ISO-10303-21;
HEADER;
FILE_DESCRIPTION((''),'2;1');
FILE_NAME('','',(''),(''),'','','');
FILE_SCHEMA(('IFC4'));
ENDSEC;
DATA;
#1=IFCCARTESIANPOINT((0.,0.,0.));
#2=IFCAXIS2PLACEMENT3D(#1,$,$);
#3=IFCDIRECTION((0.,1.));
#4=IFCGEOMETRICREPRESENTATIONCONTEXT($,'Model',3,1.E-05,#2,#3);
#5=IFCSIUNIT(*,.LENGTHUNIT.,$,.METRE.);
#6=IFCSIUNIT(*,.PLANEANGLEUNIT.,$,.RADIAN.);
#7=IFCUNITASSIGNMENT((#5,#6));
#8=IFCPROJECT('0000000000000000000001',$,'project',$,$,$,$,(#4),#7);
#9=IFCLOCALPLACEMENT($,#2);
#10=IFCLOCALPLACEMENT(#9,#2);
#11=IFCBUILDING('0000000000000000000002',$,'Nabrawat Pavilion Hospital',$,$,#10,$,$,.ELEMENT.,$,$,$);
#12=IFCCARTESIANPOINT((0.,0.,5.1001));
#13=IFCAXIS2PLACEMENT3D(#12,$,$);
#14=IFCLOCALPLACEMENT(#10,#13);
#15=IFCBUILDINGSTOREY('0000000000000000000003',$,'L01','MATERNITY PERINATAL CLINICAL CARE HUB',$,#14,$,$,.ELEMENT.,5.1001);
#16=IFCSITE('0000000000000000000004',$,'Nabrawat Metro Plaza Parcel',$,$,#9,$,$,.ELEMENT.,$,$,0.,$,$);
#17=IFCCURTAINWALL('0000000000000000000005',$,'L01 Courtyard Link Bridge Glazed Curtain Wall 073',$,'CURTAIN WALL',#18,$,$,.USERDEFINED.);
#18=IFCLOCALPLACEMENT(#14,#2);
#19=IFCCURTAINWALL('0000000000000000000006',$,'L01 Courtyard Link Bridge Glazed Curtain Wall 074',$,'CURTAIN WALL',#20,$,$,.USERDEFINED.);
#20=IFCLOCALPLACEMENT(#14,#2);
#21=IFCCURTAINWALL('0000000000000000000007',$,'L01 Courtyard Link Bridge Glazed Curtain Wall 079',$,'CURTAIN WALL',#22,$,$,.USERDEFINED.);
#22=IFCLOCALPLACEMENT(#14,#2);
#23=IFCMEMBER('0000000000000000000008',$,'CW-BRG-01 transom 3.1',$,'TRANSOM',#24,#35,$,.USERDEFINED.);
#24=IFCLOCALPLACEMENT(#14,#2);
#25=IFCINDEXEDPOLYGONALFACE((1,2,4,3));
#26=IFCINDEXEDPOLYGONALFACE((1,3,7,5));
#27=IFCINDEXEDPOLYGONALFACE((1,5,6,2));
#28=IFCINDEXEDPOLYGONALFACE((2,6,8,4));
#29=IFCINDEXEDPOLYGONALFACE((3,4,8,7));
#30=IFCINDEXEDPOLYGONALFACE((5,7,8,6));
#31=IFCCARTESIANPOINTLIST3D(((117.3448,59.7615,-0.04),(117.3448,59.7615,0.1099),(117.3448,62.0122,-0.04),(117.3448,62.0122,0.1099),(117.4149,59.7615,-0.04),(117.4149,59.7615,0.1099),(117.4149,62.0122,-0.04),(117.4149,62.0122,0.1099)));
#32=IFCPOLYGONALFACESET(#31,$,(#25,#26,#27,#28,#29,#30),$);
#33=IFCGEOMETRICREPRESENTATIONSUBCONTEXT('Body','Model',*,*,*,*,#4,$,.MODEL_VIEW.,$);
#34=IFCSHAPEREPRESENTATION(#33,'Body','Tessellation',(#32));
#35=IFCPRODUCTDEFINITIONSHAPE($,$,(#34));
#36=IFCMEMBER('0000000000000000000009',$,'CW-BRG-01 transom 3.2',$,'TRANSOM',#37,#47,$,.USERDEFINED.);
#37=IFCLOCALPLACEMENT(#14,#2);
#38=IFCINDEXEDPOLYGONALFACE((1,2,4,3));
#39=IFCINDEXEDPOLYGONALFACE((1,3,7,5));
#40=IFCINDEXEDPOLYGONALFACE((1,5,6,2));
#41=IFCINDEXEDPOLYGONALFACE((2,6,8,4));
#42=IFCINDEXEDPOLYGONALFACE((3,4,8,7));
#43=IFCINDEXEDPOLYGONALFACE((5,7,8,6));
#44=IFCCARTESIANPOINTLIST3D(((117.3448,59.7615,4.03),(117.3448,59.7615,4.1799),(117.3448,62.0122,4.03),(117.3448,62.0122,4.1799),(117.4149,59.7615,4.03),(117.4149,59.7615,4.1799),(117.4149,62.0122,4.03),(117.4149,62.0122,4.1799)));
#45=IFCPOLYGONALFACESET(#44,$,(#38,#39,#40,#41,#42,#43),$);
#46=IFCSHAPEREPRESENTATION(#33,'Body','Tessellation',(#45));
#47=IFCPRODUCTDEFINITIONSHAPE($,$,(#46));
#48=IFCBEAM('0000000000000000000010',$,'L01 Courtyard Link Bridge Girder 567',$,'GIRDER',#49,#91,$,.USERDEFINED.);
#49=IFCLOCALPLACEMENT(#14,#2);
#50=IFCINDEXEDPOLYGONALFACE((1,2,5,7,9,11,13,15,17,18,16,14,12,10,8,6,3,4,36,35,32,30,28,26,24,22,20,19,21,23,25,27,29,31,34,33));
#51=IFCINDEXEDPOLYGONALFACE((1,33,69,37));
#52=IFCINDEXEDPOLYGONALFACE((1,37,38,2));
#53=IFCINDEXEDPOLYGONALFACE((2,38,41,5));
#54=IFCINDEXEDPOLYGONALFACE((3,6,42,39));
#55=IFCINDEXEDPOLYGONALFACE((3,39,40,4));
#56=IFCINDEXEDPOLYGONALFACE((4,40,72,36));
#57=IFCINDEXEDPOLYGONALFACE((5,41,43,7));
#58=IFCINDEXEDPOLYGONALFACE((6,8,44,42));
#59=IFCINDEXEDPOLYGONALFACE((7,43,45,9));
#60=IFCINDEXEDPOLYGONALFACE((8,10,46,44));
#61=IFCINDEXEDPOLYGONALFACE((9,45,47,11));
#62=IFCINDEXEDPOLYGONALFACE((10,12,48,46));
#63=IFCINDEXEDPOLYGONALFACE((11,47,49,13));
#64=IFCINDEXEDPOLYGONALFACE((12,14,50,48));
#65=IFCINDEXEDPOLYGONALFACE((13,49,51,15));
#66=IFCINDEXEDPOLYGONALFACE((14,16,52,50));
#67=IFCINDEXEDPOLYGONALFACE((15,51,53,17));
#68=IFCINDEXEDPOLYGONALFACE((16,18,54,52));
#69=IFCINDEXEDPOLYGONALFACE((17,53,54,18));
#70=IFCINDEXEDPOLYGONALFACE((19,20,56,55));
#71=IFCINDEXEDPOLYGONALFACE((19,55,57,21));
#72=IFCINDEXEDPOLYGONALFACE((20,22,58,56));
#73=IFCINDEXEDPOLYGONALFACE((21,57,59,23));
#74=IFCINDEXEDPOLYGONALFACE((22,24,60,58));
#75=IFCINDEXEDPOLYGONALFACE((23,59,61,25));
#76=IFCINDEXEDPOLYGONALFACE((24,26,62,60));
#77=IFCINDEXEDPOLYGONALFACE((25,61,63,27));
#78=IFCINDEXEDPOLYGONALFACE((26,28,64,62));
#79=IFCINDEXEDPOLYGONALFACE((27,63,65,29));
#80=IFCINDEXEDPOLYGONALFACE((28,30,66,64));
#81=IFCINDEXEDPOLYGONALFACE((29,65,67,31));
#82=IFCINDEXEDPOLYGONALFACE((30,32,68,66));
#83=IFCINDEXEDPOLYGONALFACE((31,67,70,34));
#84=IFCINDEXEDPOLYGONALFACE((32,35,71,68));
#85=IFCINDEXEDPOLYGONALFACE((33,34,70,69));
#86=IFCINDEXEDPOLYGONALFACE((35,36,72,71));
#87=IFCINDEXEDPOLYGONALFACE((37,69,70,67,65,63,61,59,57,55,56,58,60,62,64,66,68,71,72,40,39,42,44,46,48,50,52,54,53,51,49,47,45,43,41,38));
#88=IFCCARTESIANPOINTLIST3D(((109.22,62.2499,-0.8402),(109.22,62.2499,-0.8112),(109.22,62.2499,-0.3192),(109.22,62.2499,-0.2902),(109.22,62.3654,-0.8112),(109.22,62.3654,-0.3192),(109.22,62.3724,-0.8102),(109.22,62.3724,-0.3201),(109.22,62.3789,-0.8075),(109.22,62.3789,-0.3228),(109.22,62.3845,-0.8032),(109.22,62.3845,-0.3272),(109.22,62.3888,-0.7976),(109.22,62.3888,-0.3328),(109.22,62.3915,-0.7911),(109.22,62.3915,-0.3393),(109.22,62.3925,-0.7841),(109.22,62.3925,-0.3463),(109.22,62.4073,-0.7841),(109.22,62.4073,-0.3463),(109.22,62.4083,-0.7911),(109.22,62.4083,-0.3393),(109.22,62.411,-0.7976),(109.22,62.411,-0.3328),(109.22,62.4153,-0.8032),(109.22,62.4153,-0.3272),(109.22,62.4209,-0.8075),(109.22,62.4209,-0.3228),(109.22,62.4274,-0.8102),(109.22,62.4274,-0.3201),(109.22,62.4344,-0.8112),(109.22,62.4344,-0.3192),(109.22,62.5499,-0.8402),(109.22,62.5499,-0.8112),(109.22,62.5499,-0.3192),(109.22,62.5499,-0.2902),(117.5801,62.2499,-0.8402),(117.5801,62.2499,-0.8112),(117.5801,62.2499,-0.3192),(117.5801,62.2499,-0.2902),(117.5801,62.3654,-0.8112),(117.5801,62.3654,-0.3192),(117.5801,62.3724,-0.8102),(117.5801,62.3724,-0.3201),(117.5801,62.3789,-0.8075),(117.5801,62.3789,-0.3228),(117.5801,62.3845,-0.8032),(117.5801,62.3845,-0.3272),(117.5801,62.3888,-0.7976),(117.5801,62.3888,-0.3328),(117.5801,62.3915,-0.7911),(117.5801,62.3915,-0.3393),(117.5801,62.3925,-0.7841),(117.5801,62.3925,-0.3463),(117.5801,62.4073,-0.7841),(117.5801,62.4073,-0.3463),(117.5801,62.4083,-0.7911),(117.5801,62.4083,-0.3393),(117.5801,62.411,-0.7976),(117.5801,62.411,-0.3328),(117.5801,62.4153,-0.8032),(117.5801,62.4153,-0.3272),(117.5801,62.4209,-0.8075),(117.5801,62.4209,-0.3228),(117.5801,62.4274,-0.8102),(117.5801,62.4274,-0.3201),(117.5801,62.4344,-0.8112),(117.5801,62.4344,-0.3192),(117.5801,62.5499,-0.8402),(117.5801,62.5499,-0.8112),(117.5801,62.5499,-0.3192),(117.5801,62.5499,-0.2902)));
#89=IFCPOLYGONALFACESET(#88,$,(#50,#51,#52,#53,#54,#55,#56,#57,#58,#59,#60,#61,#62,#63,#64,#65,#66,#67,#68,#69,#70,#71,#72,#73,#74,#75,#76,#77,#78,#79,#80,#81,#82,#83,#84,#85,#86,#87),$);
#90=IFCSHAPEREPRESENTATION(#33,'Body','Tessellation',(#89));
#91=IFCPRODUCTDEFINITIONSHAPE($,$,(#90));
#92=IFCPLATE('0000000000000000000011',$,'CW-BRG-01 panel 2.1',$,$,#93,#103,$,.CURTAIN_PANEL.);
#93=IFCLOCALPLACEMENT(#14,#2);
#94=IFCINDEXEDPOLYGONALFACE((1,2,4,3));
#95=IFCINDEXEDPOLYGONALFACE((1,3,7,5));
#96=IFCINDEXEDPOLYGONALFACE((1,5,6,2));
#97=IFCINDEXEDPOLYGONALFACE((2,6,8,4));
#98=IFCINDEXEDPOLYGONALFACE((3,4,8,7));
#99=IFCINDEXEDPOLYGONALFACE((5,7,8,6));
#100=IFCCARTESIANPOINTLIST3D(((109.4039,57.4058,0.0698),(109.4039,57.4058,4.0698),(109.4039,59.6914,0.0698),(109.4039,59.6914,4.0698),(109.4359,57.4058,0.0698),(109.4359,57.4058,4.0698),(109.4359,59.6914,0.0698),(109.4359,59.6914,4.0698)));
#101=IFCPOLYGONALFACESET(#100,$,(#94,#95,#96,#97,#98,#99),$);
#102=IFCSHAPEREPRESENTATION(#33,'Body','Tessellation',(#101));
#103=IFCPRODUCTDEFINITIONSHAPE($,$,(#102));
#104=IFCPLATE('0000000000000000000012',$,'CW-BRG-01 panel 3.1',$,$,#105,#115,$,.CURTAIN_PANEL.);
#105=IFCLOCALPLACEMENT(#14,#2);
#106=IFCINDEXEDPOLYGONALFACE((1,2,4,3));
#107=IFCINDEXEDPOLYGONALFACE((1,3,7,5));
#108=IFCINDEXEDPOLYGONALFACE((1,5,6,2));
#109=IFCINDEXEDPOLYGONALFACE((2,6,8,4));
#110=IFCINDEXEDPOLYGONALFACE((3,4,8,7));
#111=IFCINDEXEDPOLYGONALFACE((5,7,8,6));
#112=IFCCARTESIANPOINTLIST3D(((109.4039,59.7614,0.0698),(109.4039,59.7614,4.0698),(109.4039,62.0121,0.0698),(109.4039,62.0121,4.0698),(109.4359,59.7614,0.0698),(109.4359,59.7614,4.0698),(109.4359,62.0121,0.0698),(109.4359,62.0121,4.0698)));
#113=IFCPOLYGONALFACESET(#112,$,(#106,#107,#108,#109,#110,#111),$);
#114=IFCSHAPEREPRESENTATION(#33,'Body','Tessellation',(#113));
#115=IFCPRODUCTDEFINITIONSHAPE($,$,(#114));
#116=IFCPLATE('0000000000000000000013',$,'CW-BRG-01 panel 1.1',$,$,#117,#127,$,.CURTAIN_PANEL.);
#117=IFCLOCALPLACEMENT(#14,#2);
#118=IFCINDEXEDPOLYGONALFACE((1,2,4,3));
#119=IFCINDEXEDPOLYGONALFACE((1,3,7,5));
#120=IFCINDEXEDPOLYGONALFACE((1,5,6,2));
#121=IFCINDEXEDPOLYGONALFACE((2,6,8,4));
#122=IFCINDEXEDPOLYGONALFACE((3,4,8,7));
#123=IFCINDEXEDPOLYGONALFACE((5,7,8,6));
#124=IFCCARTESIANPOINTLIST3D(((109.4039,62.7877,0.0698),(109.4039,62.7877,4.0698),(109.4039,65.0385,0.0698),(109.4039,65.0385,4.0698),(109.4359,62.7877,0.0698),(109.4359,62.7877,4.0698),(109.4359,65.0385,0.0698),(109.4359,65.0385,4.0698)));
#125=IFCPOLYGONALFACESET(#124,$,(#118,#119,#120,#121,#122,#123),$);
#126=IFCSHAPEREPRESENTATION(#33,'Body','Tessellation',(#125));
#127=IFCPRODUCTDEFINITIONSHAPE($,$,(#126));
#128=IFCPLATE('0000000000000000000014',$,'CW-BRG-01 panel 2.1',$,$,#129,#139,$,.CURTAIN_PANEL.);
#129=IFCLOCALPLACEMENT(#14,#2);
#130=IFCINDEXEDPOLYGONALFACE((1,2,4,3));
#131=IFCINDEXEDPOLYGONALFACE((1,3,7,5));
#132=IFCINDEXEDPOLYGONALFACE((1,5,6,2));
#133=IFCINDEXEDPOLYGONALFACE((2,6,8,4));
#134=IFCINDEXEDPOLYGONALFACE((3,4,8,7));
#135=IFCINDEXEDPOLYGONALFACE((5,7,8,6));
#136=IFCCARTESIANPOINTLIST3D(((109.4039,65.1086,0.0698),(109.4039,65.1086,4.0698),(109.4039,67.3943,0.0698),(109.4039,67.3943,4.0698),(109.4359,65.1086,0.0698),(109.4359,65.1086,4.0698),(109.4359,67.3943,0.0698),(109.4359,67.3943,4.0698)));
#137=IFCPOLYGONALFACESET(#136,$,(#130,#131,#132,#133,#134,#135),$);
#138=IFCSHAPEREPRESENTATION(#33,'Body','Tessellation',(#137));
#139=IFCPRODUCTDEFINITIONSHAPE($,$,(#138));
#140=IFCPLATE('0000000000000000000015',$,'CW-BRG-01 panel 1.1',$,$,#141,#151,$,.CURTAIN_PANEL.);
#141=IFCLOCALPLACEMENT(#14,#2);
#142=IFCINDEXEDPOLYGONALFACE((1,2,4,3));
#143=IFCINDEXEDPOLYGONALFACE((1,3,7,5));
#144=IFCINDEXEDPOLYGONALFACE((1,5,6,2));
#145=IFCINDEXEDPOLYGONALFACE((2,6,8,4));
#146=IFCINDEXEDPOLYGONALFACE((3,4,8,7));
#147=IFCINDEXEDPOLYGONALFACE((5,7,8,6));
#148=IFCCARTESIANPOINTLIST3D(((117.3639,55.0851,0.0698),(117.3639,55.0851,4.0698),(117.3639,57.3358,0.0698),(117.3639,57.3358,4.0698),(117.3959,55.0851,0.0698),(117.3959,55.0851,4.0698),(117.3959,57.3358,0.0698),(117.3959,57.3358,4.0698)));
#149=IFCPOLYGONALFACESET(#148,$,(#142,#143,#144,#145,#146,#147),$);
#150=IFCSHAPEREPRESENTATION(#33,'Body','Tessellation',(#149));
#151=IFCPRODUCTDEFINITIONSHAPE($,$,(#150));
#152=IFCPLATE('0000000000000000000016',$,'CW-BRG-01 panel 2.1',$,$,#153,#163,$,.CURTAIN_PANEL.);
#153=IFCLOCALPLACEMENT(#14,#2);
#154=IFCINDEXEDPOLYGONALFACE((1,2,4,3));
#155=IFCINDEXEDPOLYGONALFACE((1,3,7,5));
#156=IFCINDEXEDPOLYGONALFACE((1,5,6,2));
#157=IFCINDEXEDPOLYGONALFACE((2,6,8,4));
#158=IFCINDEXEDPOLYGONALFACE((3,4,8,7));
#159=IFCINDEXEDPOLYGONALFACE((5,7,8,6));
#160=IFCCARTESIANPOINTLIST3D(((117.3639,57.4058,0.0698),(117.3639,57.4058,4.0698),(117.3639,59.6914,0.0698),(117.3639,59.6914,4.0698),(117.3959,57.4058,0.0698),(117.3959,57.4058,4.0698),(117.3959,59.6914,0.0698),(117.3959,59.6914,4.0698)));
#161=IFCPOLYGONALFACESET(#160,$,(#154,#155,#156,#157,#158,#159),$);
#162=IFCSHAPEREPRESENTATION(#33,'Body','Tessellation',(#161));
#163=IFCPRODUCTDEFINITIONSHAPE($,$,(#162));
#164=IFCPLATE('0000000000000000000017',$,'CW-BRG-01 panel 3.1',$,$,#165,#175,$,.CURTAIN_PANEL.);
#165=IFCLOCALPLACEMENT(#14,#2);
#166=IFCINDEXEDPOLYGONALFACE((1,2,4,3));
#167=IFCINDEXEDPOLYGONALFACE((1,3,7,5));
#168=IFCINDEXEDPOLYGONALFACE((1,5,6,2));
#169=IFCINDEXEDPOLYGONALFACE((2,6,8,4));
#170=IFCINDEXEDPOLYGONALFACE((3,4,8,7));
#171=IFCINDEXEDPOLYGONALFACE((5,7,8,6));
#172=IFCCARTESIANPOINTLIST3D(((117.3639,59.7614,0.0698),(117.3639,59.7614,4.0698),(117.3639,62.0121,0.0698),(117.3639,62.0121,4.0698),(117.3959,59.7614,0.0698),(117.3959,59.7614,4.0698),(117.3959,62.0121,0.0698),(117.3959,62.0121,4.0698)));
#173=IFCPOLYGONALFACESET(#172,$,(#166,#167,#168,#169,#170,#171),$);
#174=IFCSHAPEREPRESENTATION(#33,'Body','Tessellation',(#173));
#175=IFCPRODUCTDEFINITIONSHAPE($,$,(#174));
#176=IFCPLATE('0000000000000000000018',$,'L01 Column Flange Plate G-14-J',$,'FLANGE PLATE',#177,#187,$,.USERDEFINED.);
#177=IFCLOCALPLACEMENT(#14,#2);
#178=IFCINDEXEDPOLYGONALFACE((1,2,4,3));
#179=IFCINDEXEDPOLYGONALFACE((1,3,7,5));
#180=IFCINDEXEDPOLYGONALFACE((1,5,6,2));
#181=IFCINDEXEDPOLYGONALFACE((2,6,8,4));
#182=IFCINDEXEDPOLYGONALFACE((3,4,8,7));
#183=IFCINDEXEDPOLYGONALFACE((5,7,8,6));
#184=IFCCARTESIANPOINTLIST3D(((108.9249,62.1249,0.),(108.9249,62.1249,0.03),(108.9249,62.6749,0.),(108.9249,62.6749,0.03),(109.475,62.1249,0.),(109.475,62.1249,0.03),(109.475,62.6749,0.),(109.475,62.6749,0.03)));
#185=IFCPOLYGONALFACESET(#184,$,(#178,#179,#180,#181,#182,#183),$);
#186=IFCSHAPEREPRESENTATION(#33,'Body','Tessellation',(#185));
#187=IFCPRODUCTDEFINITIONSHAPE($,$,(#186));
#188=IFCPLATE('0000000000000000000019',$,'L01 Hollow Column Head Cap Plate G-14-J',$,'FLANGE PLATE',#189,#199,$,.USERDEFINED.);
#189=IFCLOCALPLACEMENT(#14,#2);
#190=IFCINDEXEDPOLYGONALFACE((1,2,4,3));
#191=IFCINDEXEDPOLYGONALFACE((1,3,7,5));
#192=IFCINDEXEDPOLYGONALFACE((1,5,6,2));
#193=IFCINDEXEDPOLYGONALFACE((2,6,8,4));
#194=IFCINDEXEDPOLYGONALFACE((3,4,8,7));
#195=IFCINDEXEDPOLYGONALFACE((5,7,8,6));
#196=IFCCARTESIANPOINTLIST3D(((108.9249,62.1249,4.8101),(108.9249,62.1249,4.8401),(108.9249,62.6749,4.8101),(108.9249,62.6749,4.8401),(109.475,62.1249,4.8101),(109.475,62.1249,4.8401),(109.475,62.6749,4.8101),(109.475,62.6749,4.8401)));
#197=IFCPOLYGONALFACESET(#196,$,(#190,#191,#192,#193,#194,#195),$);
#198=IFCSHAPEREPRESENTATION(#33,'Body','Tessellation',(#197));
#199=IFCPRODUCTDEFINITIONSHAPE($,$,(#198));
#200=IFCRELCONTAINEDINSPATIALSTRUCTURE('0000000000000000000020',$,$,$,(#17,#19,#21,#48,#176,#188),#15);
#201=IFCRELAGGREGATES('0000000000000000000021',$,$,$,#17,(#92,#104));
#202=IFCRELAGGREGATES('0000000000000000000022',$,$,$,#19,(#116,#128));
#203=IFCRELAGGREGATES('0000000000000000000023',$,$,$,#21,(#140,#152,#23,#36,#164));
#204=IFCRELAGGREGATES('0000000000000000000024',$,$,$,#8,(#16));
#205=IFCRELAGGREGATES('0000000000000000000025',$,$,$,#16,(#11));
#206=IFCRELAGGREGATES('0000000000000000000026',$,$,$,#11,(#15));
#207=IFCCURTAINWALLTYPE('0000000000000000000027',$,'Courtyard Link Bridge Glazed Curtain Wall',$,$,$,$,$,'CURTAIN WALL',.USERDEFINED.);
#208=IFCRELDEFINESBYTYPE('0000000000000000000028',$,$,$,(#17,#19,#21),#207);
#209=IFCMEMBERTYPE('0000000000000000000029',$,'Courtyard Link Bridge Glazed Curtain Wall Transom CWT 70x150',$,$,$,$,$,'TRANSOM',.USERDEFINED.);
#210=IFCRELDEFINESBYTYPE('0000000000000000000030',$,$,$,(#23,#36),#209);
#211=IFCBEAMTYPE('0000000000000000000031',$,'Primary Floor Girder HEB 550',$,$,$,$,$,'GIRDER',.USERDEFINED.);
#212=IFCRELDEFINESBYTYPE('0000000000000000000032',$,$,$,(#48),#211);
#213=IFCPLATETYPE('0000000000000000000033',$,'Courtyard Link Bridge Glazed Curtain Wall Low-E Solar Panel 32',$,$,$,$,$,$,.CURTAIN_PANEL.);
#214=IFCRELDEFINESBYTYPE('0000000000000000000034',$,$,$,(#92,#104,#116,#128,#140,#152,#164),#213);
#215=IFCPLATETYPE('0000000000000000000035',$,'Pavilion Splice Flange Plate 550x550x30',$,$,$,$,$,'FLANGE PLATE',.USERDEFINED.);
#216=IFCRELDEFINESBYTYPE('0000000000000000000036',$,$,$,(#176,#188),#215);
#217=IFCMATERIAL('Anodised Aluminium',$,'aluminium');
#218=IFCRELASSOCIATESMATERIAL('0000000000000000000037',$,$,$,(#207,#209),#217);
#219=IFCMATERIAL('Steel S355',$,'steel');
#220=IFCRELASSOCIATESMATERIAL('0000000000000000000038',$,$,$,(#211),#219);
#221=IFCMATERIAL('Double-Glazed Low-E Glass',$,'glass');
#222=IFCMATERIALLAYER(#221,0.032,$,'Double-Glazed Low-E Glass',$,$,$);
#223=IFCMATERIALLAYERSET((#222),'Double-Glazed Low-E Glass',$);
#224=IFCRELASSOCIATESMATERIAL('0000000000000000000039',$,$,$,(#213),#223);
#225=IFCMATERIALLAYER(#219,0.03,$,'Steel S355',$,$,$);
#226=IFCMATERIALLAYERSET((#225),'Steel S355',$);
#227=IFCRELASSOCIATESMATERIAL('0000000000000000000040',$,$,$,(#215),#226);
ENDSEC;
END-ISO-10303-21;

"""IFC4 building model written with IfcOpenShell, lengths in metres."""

from ifc_helpers import new_model, si_unit, direction, frame, origin, origin_2d, place, context, subcontext, project, spatial, rectangle, i_section, extrude, material, layer, layer_set, material_profile, profile_set, type_object, element, aggregate, save


model = new_model("IFC4")

# Units and contexts
model_context = context("Model", 3, precision=1e-05, world=origin(), true_north=direction((0.0, 1.0)))
body_context = subcontext(model_context, "Body", "Model", "MODEL_VIEW")
ifc_project = project(units=[si_unit("LENGTHUNIT", "METRE"), si_unit("PLANEANGLEUNIT", "RADIAN")], contexts=[model_context])

# Site, building, storey
site_placement = place(None, origin())
site = spatial("IfcSite", under=ifc_project, at=site_placement, Name="Nabrawat Metro Plaza Parcel", CompositionType="ELEMENT", RefElevation=0.0)
building_placement = place(site_placement, origin())
building = spatial("IfcBuilding", under=site, at=building_placement, Name="Nabrawat Pavilion Hospital", CompositionType="ELEMENT")
storey_placement = place(building_placement, frame((0.0, 0.0, 5.1001)))
storey = spatial("IfcBuildingStorey", under=building, at=storey_placement, Name="L01", Description="MATERNITY PERINATAL CLINICAL CARE HUB", CompositionType="ELEMENT", Elevation=5.1001)

# Shared definitions
ifc_material_1 = material(Name="Steel S355", Category="steel")

# Curtain walls
ifc_material_2 = material(Name="Anodised Aluminium", Category="aluminium")
curtain_wall_type = type_object("IfcCurtainWallType", Name="Courtyard Link Bridge Glazed Curtain Wall", ElementType="CURTAIN WALL", PredefinedType="USERDEFINED", material=ifc_material_2)
curtain_wall_1_placement = place(storey_placement, origin())
curtain_wall_1 = element("IfcCurtainWall", 1, at=curtain_wall_1_placement, inside=storey, type_object=curtain_wall_type, Name="L01 Courtyard Link Bridge Glazed Curtain Wall 073", ObjectType="CURTAIN WALL", PredefinedType="USERDEFINED")
curtain_wall_2_placement = place(storey_placement, origin())
curtain_wall_2 = element("IfcCurtainWall", 2, at=curtain_wall_2_placement, inside=storey, type_object=curtain_wall_type, Name="L01 Courtyard Link Bridge Glazed Curtain Wall 074", ObjectType="CURTAIN WALL", PredefinedType="USERDEFINED")
curtain_wall_3_placement = place(storey_placement, origin())
curtain_wall_3 = element("IfcCurtainWall", 3, at=curtain_wall_3_placement, inside=storey, type_object=curtain_wall_type, Name="L01 Courtyard Link Bridge Glazed Curtain Wall 079", ObjectType="CURTAIN WALL", PredefinedType="USERDEFINED")

# Members
ifc_material_profile_1 = material_profile(ifc_material_2, rectangle(XDim=0.0701, YDim=0.1499, at=origin_2d()), Name="CWT 70x150")
ifc_profile_set_1 = profile_set([ifc_material_profile_1], Name="Anodised Aluminium")
member_type_1 = type_object("IfcMemberType", Name="Courtyard Link Bridge Glazed Curtain Wall Transom CWT 70x150", ElementType="TRANSOM", PredefinedType="USERDEFINED", material=ifc_profile_set_1)
member_1_placement = place(storey_placement, frame((117.3799, 59.7615, 0.0349), z_axis=(0.0, 1.0, 0.0), x_axis=(-1.0, 0.0, 0.0)))
member_1 = element("IfcMember", 4, at=member_1_placement, type_object=member_type_1, Name="CW-BRG-01 transom 3.1", ObjectType="TRANSOM", PredefinedType="USERDEFINED", context=body_context, shape_type="SweptSolid", body=[
    extrude(rectangle(XDim=0.0701, YDim=0.1499, at=origin_2d()), origin(), (0.0, 0.0, 1.0), 2.2507),
])
member_2_placement = place(storey_placement, frame((117.3799, 59.7615, 4.105), z_axis=(0.0, 1.0, 0.0), x_axis=(-1.0, 0.0, 0.0)))
member_2 = element("IfcMember", 5, at=member_2_placement, type_object=member_type_1, Name="CW-BRG-01 transom 3.2", ObjectType="TRANSOM", PredefinedType="USERDEFINED", context=body_context, shape_type="SweptSolid", body=[
    extrude(rectangle(XDim=0.0701, YDim=0.1499, at=origin_2d()), origin(), (0.0, 0.0, 1.0), 2.2507),
])

# Beam
ifc_material_profile_2 = material_profile(ifc_material_1, i_section(OverallWidth=0.3, OverallDepth=0.55, WebThickness=0.0149, FlangeThickness=0.0291, FilletRadius=0.0271, at=origin_2d()), Name="HEB 550")
ifc_profile_set_2 = profile_set([ifc_material_profile_2], Name="Steel S355")
beam_type_1 = type_object("IfcBeamType", Name="Primary Floor Girder HEB 550", ElementType="GIRDER", PredefinedType="USERDEFINED", material=ifc_profile_set_2)
beam_1_placement = place(storey_placement, frame((109.22, 62.3999, -0.5652), z_axis=(1.0, 0.0, 0.0), x_axis=(0.0, 1.0, 0.0)))
element("IfcBeam", 6, at=beam_1_placement, inside=storey, type_object=beam_type_1, Name="L01 Courtyard Link Bridge Girder 567", ObjectType="GIRDER", PredefinedType="USERDEFINED", context=body_context, shape_type="SweptSolid", body=[
    extrude(i_section(OverallWidth=0.3, OverallDepth=0.55, WebThickness=0.0149, FlangeThickness=0.0291, FilletRadius=0.0271, at=origin_2d()), origin(), (0.0, 0.0, 1.0), 8.3601),
])

# Plates
ifc_material_3 = material(Name="Double-Glazed Low-E Glass", Category="glass")
ifc_layer_1 = layer(ifc_material_3, 0.032, Name="Double-Glazed Low-E Glass")
ifc_layer_set_1 = layer_set([ifc_layer_1], Name="Double-Glazed Low-E Glass")
plate_type_1 = type_object("IfcPlateType", Name="Courtyard Link Bridge Glazed Curtain Wall Low-E Solar Panel 32", PredefinedType="CURTAIN_PANEL", material=ifc_layer_set_1)
plate_1_placement = place(storey_placement, frame((109.4199, 58.5486, 0.0698), z_axis=(0.0, 0.0, 1.0), x_axis=(0.0, 1.0, 0.0)))
plate_1 = element("IfcPlate", 7, at=plate_1_placement, type_object=plate_type_1, Name="CW-BRG-01 panel 2.1", PredefinedType="CURTAIN_PANEL", context=body_context, shape_type="SweptSolid", body=[
    extrude(rectangle(XDim=2.2856, YDim=0.032, at=origin_2d()), origin(), (0.0, 0.0, 1.0), 4.0),
])
plate_2_placement = place(storey_placement, frame((109.4199, 60.8867, 0.0698), z_axis=(0.0, 0.0, 1.0), x_axis=(0.0, 1.0, 0.0)))
plate_2 = element("IfcPlate", 8, at=plate_2_placement, type_object=plate_type_1, Name="CW-BRG-01 panel 3.1", PredefinedType="CURTAIN_PANEL", context=body_context, shape_type="SweptSolid", body=[
    extrude(rectangle(XDim=2.2507, YDim=0.032, at=origin_2d()), origin(), (0.0, 0.0, 1.0), 4.0),
])
aggregate(curtain_wall_1, [plate_1, plate_2])
plate_3_placement = place(storey_placement, frame((109.4199, 63.9131, 0.0698), z_axis=(0.0, 0.0, 1.0), x_axis=(0.0, 1.0, 0.0)))
plate_3 = element("IfcPlate", 9, at=plate_3_placement, type_object=plate_type_1, Name="CW-BRG-01 panel 1.1", PredefinedType="CURTAIN_PANEL", context=body_context, shape_type="SweptSolid", body=[
    extrude(rectangle(XDim=2.2507, YDim=0.032, at=origin_2d()), origin(), (0.0, 0.0, 1.0), 4.0),
])
plate_4_placement = place(storey_placement, frame((109.4199, 66.2515, 0.0698), z_axis=(0.0, 0.0, 1.0), x_axis=(0.0, 1.0, 0.0)))
plate_4 = element("IfcPlate", 10, at=plate_4_placement, type_object=plate_type_1, Name="CW-BRG-01 panel 2.1", PredefinedType="CURTAIN_PANEL", context=body_context, shape_type="SweptSolid", body=[
    extrude(rectangle(XDim=2.2856, YDim=0.032, at=origin_2d()), origin(), (0.0, 0.0, 1.0), 4.0),
])
aggregate(curtain_wall_2, [plate_3, plate_4])
plate_5_placement = place(storey_placement, frame((117.3799, 56.2104, 0.0698), z_axis=(0.0, 0.0, 1.0), x_axis=(0.0, 1.0, 0.0)))
plate_5 = element("IfcPlate", 11, at=plate_5_placement, type_object=plate_type_1, Name="CW-BRG-01 panel 1.1", PredefinedType="CURTAIN_PANEL", context=body_context, shape_type="SweptSolid", body=[
    extrude(rectangle(XDim=2.2507, YDim=0.032, at=origin_2d()), origin(), (0.0, 0.0, 1.0), 4.0),
])
plate_6_placement = place(storey_placement, frame((117.3799, 58.5486, 0.0698), z_axis=(0.0, 0.0, 1.0), x_axis=(0.0, 1.0, 0.0)))
plate_6 = element("IfcPlate", 12, at=plate_6_placement, type_object=plate_type_1, Name="CW-BRG-01 panel 2.1", PredefinedType="CURTAIN_PANEL", context=body_context, shape_type="SweptSolid", body=[
    extrude(rectangle(XDim=2.2856, YDim=0.032, at=origin_2d()), origin(), (0.0, 0.0, 1.0), 4.0),
])
plate_7_placement = place(storey_placement, frame((117.3799, 60.8867, 0.0698), z_axis=(0.0, 0.0, 1.0), x_axis=(0.0, 1.0, 0.0)))
plate_7 = element("IfcPlate", 13, at=plate_7_placement, type_object=plate_type_1, Name="CW-BRG-01 panel 3.1", PredefinedType="CURTAIN_PANEL", context=body_context, shape_type="SweptSolid", body=[
    extrude(rectangle(XDim=2.2507, YDim=0.032, at=origin_2d()), origin(), (0.0, 0.0, 1.0), 4.0),
])
aggregate(curtain_wall_3, [plate_5, plate_6, member_1, member_2, plate_7])

# Plates
ifc_layer_2 = layer(ifc_material_1, 0.03, Name="Steel S355")
ifc_layer_set_2 = layer_set([ifc_layer_2], Name="Steel S355")
plate_type_2 = type_object("IfcPlateType", Name="Pavilion Splice Flange Plate 550x550x30", ElementType="FLANGE PLATE", PredefinedType="USERDEFINED", material=ifc_layer_set_2)
for number, where, z_axis, x_axis, name in (
    (14, (109.2, 62.3999, 0.0), (0.0, 0.0, 1.0), (1.0, 0.0, 0.0), "L01 Column Flange Plate G-14-J"),
    (15, (109.2, 62.3999, 4.8101), (0.0, 0.0, 1.0), (1.0, 0.0, 0.0), "L01 Hollow Column Head Cap Plate G-14-J"),
):
    element("IfcPlate", number, at=place(storey_placement, frame(where, z_axis=z_axis, x_axis=x_axis)), inside=storey, type_object=plate_type_2, Name=name, ObjectType="FLANGE PLATE", PredefinedType="USERDEFINED", context=body_context, shape_type="SweptSolid", body=[
        extrude(rectangle(XDim=0.55, YDim=0.55, at=origin_2d()), origin(), (0.0, 0.0, 1.0), 0.03),
    ])

save(model, "model.ifc")
